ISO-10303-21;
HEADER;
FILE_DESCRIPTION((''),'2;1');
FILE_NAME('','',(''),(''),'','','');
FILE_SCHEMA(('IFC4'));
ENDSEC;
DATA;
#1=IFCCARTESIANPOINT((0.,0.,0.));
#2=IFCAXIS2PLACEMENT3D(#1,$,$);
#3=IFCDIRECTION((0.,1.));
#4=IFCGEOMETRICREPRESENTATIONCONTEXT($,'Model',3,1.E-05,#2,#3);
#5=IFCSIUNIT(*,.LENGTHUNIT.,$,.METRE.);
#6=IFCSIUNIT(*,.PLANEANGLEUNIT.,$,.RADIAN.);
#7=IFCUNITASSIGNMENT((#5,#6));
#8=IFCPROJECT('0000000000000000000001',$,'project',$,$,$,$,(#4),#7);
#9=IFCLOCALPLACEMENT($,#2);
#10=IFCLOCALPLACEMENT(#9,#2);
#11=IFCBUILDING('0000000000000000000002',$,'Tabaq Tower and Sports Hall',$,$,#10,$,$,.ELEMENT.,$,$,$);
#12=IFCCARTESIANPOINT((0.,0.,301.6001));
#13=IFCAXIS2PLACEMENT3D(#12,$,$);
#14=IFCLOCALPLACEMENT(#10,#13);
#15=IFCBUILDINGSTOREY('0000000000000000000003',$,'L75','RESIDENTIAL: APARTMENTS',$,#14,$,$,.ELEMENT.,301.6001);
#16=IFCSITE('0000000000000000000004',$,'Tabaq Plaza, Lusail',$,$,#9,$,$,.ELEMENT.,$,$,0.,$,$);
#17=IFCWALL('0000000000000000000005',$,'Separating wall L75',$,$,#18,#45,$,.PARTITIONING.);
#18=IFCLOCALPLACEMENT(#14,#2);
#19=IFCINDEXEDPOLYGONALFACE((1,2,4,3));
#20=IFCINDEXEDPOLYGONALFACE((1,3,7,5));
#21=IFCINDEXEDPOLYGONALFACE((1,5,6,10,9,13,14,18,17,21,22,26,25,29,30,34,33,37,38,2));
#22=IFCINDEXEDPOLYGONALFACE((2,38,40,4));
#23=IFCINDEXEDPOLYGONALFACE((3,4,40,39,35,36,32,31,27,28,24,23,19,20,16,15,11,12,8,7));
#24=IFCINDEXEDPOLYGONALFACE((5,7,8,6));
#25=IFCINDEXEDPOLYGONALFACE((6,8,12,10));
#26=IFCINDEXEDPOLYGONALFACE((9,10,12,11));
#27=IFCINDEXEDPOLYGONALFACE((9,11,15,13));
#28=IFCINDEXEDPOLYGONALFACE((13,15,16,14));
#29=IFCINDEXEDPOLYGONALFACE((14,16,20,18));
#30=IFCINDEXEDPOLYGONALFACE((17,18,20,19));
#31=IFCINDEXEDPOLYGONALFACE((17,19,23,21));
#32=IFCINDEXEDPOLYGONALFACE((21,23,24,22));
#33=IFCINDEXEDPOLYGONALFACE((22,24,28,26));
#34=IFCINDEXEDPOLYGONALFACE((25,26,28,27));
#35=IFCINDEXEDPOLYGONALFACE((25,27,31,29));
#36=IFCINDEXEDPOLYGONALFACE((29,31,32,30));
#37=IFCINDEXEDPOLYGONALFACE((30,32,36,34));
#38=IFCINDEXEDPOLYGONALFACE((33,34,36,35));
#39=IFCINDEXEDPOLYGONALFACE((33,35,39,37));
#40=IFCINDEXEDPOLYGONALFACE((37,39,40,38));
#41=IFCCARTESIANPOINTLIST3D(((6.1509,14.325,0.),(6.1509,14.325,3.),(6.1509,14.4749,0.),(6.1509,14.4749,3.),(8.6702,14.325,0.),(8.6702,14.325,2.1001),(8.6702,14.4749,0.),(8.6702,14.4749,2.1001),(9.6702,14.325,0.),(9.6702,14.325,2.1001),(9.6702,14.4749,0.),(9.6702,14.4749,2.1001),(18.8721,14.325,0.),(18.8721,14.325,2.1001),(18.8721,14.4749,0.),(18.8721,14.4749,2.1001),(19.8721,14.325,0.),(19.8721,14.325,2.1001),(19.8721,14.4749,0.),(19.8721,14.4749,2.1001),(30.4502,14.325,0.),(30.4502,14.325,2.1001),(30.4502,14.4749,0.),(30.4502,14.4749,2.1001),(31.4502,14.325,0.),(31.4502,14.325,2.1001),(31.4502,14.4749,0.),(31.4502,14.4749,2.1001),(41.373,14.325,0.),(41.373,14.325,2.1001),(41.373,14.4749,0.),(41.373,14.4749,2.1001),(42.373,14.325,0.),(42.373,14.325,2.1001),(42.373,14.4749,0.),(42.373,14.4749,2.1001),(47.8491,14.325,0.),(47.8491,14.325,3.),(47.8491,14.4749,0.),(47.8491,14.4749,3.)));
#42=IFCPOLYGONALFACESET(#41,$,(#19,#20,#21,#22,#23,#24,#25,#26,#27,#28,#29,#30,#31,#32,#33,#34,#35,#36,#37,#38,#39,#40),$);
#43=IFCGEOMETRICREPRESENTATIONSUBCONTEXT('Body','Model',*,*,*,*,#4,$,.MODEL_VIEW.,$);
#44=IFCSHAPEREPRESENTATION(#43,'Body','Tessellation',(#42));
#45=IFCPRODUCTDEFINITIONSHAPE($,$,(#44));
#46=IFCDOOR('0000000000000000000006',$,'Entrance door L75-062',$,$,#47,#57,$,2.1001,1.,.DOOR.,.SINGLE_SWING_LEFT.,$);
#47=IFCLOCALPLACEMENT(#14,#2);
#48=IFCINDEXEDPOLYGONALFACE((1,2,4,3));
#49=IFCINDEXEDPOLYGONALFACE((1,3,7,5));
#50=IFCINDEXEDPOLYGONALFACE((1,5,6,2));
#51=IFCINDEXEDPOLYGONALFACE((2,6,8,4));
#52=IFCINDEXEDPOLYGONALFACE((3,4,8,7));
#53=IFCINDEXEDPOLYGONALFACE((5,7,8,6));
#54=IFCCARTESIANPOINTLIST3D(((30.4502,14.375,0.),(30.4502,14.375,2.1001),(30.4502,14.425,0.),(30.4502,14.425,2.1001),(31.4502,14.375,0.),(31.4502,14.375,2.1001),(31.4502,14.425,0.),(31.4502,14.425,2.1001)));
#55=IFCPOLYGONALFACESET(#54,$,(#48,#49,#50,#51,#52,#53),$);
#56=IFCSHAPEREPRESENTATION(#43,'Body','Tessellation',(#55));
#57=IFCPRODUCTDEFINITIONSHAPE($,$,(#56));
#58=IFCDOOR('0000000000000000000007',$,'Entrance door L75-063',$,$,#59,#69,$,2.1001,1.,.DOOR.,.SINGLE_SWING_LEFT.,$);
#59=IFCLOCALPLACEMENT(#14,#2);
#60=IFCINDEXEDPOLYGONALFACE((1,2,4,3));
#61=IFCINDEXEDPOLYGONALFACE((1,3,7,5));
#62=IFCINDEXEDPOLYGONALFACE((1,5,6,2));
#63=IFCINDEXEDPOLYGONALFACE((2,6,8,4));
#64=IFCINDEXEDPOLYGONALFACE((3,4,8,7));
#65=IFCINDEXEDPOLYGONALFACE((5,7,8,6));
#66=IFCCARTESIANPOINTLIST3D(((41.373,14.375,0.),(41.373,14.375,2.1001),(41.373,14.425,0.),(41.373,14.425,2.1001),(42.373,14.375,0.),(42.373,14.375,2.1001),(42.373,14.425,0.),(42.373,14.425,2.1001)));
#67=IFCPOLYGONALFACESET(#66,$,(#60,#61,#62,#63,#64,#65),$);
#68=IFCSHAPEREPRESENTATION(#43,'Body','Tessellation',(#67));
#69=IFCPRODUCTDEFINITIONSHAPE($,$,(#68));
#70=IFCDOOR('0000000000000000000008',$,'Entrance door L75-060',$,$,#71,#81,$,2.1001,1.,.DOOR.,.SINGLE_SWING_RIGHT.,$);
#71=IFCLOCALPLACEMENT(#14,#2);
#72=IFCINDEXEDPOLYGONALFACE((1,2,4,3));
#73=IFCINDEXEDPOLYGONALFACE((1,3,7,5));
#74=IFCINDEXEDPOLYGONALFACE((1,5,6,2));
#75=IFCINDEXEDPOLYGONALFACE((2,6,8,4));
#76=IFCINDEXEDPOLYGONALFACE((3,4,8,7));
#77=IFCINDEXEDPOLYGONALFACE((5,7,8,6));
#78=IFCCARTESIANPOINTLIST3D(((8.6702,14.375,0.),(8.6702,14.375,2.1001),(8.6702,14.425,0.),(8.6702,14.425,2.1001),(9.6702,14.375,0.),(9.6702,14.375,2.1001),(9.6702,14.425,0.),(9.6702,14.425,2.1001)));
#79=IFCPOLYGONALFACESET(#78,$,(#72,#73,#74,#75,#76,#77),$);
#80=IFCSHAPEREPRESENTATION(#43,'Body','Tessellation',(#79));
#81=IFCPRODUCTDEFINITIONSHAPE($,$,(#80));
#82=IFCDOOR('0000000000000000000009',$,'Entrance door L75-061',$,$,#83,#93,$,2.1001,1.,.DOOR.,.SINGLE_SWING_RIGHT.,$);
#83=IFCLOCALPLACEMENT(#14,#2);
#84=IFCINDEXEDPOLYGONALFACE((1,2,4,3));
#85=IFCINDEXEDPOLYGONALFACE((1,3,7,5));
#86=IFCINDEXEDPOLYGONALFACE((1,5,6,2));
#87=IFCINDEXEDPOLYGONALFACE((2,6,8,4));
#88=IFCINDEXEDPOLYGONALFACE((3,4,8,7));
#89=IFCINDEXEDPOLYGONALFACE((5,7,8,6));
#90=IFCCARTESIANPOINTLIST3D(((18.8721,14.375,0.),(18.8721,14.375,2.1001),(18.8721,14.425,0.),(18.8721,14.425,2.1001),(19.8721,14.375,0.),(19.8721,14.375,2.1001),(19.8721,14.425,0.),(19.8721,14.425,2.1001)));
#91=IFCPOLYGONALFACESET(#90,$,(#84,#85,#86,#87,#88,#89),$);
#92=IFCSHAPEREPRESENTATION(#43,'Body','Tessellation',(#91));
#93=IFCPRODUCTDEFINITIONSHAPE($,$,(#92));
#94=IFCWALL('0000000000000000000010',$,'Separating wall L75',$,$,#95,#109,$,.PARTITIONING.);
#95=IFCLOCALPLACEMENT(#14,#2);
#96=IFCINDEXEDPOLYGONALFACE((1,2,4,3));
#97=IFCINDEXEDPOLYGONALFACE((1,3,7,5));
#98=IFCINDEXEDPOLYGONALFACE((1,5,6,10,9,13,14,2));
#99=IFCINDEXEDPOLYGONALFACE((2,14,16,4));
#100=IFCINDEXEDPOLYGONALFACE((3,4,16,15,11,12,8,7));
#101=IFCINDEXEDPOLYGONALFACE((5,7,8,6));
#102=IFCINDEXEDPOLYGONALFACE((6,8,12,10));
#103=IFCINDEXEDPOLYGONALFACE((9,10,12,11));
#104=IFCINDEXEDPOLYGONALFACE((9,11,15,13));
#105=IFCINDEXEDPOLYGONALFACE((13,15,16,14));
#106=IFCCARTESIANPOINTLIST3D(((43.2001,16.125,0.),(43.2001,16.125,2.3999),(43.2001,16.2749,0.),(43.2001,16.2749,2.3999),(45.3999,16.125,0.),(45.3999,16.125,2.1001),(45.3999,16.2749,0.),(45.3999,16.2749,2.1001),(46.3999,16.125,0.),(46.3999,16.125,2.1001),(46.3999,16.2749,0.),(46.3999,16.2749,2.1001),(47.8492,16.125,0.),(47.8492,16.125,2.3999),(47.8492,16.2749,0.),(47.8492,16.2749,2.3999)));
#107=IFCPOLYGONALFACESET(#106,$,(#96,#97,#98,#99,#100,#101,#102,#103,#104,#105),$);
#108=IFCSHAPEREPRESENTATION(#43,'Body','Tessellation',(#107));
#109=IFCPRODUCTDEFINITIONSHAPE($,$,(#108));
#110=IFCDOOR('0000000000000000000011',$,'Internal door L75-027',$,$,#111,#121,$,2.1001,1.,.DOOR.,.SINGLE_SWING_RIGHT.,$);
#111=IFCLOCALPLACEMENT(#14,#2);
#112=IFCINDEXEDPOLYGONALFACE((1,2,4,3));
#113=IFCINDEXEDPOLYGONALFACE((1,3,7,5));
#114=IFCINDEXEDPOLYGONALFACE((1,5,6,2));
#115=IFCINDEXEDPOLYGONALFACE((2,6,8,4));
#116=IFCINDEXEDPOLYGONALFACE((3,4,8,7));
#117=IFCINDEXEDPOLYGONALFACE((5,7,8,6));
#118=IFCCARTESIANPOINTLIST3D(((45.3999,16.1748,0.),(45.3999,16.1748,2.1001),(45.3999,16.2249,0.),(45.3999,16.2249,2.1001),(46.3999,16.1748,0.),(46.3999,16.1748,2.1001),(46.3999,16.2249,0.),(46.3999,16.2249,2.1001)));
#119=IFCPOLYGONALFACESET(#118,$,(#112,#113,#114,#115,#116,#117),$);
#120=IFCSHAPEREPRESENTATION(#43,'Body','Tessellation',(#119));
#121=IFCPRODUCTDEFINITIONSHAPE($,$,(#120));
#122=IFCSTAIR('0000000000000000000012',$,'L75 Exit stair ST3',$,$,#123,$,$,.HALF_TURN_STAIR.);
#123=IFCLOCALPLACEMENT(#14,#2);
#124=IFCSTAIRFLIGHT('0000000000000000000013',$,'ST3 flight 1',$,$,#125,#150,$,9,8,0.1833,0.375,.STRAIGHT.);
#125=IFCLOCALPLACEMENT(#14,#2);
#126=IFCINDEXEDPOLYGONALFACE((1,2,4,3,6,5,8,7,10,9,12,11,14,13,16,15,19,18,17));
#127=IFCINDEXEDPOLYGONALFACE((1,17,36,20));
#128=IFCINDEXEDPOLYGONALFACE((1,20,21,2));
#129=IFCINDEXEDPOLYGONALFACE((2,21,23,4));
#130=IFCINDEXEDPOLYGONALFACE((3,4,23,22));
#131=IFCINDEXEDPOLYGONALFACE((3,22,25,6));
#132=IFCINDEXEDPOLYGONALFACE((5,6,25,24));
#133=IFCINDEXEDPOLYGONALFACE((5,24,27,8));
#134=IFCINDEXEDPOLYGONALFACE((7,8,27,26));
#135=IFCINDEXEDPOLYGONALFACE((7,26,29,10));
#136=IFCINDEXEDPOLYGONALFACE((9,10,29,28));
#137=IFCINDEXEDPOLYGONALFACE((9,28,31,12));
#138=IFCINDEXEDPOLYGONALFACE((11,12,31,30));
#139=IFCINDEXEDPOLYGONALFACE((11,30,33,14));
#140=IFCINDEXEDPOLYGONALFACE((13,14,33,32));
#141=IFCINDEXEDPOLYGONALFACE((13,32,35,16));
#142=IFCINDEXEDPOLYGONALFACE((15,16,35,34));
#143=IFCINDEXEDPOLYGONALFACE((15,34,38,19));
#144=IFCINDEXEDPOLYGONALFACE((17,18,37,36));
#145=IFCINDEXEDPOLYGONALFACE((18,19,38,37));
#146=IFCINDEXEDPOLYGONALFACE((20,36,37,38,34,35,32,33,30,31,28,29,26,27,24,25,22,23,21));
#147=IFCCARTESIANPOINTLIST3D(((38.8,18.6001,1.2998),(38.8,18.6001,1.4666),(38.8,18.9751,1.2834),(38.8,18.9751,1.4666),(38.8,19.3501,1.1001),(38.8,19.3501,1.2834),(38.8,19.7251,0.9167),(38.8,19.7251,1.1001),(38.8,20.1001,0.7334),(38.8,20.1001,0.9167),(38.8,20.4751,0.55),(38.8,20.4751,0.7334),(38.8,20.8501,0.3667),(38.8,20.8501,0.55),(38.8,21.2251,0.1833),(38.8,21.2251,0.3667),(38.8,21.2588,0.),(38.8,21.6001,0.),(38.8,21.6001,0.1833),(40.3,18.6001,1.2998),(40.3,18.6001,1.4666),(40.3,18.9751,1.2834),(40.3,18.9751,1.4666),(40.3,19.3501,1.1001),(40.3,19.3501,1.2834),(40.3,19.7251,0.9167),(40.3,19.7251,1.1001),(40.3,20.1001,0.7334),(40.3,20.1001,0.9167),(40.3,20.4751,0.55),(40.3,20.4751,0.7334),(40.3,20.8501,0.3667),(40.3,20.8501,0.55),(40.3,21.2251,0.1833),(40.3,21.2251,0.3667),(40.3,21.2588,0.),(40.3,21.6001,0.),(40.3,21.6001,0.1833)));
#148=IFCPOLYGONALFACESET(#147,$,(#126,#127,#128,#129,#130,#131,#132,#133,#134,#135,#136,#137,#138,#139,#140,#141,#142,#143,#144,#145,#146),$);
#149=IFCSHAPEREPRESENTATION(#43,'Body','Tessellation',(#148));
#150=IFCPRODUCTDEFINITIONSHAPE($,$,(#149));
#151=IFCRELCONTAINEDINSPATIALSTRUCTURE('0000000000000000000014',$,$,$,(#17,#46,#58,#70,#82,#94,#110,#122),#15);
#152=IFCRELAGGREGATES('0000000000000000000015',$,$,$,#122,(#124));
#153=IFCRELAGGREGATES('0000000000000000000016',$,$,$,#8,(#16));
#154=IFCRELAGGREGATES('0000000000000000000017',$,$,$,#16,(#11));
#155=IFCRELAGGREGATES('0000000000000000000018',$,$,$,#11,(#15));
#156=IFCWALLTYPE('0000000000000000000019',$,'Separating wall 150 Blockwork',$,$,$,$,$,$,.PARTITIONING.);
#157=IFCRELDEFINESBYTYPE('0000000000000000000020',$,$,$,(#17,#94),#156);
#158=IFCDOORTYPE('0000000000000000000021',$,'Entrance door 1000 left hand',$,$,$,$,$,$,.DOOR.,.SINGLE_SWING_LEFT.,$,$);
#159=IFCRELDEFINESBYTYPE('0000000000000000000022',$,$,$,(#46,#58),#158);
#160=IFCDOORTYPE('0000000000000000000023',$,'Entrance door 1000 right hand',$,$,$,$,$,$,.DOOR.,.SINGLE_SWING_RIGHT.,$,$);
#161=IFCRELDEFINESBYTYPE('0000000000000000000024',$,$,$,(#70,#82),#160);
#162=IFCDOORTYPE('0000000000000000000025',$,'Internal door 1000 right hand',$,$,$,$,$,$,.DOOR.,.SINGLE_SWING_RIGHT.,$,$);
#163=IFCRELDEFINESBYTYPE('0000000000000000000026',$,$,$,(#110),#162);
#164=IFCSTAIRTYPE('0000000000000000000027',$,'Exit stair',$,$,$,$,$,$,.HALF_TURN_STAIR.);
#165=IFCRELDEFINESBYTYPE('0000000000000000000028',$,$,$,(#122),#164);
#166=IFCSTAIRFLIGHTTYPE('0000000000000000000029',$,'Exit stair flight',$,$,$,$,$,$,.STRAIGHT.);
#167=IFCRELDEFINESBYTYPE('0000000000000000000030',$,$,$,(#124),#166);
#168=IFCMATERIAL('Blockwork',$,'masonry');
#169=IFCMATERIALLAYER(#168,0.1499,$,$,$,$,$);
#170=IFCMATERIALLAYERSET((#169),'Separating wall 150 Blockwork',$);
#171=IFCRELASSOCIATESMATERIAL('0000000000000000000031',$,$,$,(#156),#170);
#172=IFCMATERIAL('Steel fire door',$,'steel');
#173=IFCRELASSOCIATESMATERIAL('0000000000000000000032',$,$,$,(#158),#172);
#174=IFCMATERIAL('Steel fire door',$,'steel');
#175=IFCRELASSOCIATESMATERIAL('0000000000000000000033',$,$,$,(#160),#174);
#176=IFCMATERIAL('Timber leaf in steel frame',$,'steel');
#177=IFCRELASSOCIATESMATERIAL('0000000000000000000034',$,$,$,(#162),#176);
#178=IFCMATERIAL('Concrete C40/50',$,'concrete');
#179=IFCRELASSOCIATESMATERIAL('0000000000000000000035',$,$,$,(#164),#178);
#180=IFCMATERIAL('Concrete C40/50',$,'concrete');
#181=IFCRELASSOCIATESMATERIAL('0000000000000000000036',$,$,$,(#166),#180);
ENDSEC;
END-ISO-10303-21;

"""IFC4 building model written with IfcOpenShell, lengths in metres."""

from ifc_helpers import new_model, si_unit, direction, frame, frame_2d, origin, place, context, subcontext, project, spatial, polyline, rectangle, outline, extrude, material, layer, layer_set, type_object, element, fill, aggregate, save


model = new_model("IFC4")

# Units and contexts
model_context = context("Model", 3, precision=1e-05, world=origin(), true_north=direction((0.0, 1.0)))
body_context = subcontext(model_context, "Body", "Model", "MODEL_VIEW")
ifc_project = project(units=[si_unit("LENGTHUNIT", "METRE"), si_unit("PLANEANGLEUNIT", "RADIAN")], contexts=[model_context])

# Site, building, storey
site_placement = place(None, origin())
site = spatial("IfcSite", under=ifc_project, at=site_placement, Name="Tabaq Plaza, Lusail", CompositionType="ELEMENT", RefElevation=0.0)
building_placement = place(site_placement, origin())
building = spatial("IfcBuilding", under=site, at=building_placement, Name="Tabaq Tower and Sports Hall", CompositionType="ELEMENT")
storey_placement = place(building_placement, frame((0.0, 0.0, 301.6001)))
storey = spatial("IfcBuildingStorey", under=building, at=storey_placement, Name="L75", Description="RESIDENTIAL: APARTMENTS", CompositionType="ELEMENT", Elevation=301.6001)

# Wall, openings, doors
ifc_material_1 = material(Name="Blockwork", Category="masonry")
ifc_layer_1 = layer(ifc_material_1, 0.1499)
ifc_layer_set_1 = layer_set([ifc_layer_1], Name="Separating wall 150 Blockwork")
wall_type_1 = type_object("IfcWallType", Name="Separating wall 150 Blockwork", PredefinedType="PARTITIONING", material=ifc_layer_set_1)
wall_1_placement = place(storey_placement, frame((47.8491, 14.3999, 0.0), z_axis=(0.0, 0.0, 1.0), x_axis=(-1.0, 0.0, 0.0)))
wall_1 = element("IfcWall", 1, at=wall_1_placement, inside=storey, type_object=wall_type_1, Name="Separating wall L75", PredefinedType="PARTITIONING", context=body_context, shape_type="SweptSolid", body=[
    extrude(rectangle(XDim=41.6982, YDim=0.1499, at=frame_2d((20.8491, 0.0))), origin(), (0.0, 0.0, 1.0), 3.0),
])
opening_1_placement = place(wall_1_placement, frame((38.179, 0.0, 0.0)))
opening_1 = element("IfcOpeningElement", 2, at=opening_1_placement, cuts=wall_1, PredefinedType="OPENING", context=body_context, shape_type="SweptSolid", body=[
    extrude(rectangle(XDim=1.0, YDim=2.1001, at=frame_2d((0.5, 1.05))), frame((0.0, 0.075, 0.0), z_axis=(0.0, -1.0, 0.0), x_axis=(1.0, 0.0, 0.0)), (0.0, 0.0, 1.0), 0.1499),
])
opening_2_placement = place(wall_1_placement, frame((27.9771, 0.0, 0.0)))
opening_2 = element("IfcOpeningElement", 3, at=opening_2_placement, cuts=wall_1, PredefinedType="OPENING", context=body_context, shape_type="SweptSolid", body=[
    extrude(rectangle(XDim=1.0, YDim=2.1001, at=frame_2d((0.5, 1.05))), frame((0.0, 0.075, 0.0), z_axis=(0.0, -1.0, 0.0), x_axis=(1.0, 0.0, 0.0)), (0.0, 0.0, 1.0), 0.1499),
])
opening_3_placement = place(wall_1_placement, frame((16.3989, 0.0, 0.0)))
opening_3 = element("IfcOpeningElement", 4, at=opening_3_placement, cuts=wall_1, PredefinedType="OPENING", context=body_context, shape_type="SweptSolid", body=[
    extrude(rectangle(XDim=1.0, YDim=2.1001, at=frame_2d((0.5, 1.05))), frame((0.0, 0.075, 0.0), z_axis=(0.0, -1.0, 0.0), x_axis=(1.0, 0.0, 0.0)), (0.0, 0.0, 1.0), 0.1499),
])
opening_4_placement = place(wall_1_placement, frame((5.4761, 0.0, 0.0)))
opening_4 = element("IfcOpeningElement", 5, at=opening_4_placement, cuts=wall_1, PredefinedType="OPENING", context=body_context, shape_type="SweptSolid", body=[
    extrude(rectangle(XDim=1.0, YDim=2.1001, at=frame_2d((0.5, 1.05))), frame((0.0, 0.075, 0.0), z_axis=(0.0, -1.0, 0.0), x_axis=(1.0, 0.0, 0.0)), (0.0, 0.0, 1.0), 0.1499),
])
ifc_material_2 = material(Name="Steel fire door", Category="steel")
door_type_1 = type_object("IfcDoorType", Name="Entrance door 1000 left hand", OperationType="SINGLE_SWING_LEFT", PredefinedType="DOOR", material=ifc_material_2)
door_1_placement = place(opening_3_placement, origin())
door_1 = element("IfcDoor", 6, at=door_1_placement, inside=storey, type_object=door_type_1, Name="Entrance door L75-062", OperationType="SINGLE_SWING_LEFT", OverallHeight=2.1001, OverallWidth=1.0, PredefinedType="DOOR", context=body_context, shape_type="SweptSolid", body=[
    extrude(rectangle(XDim=1.0, YDim=2.1001, at=frame_2d((0.5, 1.05))), frame((0.0, 0.0249, 0.0), z_axis=(0.0, -1.0, 0.0), x_axis=(1.0, 0.0, 0.0)), (0.0, 0.0, 1.0), 0.05),
])
fill(opening_3, door_1)
door_2_placement = place(opening_4_placement, origin())
door_2 = element("IfcDoor", 7, at=door_2_placement, inside=storey, type_object=door_type_1, Name="Entrance door L75-063", OperationType="SINGLE_SWING_LEFT", OverallHeight=2.1001, OverallWidth=1.0, PredefinedType="DOOR", context=body_context, shape_type="SweptSolid", body=[
    extrude(rectangle(XDim=1.0, YDim=2.1001, at=frame_2d((0.5, 1.05))), frame((0.0, 0.0249, 0.0), z_axis=(0.0, -1.0, 0.0), x_axis=(1.0, 0.0, 0.0)), (0.0, 0.0, 1.0), 0.05),
])
fill(opening_4, door_2)
ifc_material_3 = material(Name="Steel fire door", Category="steel")
door_type_2 = type_object("IfcDoorType", Name="Entrance door 1000 right hand", OperationType="SINGLE_SWING_RIGHT", PredefinedType="DOOR", material=ifc_material_3)
door_3_placement = place(opening_1_placement, origin())
door_3 = element("IfcDoor", 8, at=door_3_placement, inside=storey, type_object=door_type_2, Name="Entrance door L75-060", OperationType="SINGLE_SWING_RIGHT", OverallHeight=2.1001, OverallWidth=1.0, PredefinedType="DOOR", context=body_context, shape_type="SweptSolid", body=[
    extrude(rectangle(XDim=1.0, YDim=2.1001, at=frame_2d((0.5, 1.05))), frame((0.0, 0.0249, 0.0), z_axis=(0.0, -1.0, 0.0), x_axis=(1.0, 0.0, 0.0)), (0.0, 0.0, 1.0), 0.05),
])
fill(opening_1, door_3)
door_4_placement = place(opening_2_placement, origin())
door_4 = element("IfcDoor", 9, at=door_4_placement, inside=storey, type_object=door_type_2, Name="Entrance door L75-061", OperationType="SINGLE_SWING_RIGHT", OverallHeight=2.1001, OverallWidth=1.0, PredefinedType="DOOR", context=body_context, shape_type="SweptSolid", body=[
    extrude(rectangle(XDim=1.0, YDim=2.1001, at=frame_2d((0.5, 1.05))), frame((0.0, 0.0249, 0.0), z_axis=(0.0, -1.0, 0.0), x_axis=(1.0, 0.0, 0.0)), (0.0, 0.0, 1.0), 0.05),
])
fill(opening_2, door_4)

# Wall, opening, door
wall_2_placement = place(storey_placement, frame((43.2, 16.2, 0.0), z_axis=(0.0, 0.0, 1.0), x_axis=(1.0, 0.0, 0.0)))
wall_2 = element("IfcWall", 10, at=wall_2_placement, inside=storey, type_object=wall_type_1, Name="Separating wall L75", PredefinedType="PARTITIONING", context=body_context, shape_type="SweptSolid", body=[
    extrude(rectangle(XDim=4.6492, YDim=0.1499, at=frame_2d((2.3247, 0.0))), origin(), (0.0, 0.0, 1.0), 2.3999),
])
opening_5_placement = place(wall_2_placement, frame((2.2, 0.0, 0.0)))
opening_5 = element("IfcOpeningElement", 11, at=opening_5_placement, cuts=wall_2, PredefinedType="OPENING", context=body_context, shape_type="SweptSolid", body=[
    extrude(rectangle(XDim=1.0, YDim=2.1001, at=frame_2d((0.5, 1.05))), frame((0.0, 0.075, 0.0), z_axis=(0.0, -1.0, 0.0), x_axis=(1.0, 0.0, 0.0)), (0.0, 0.0, 1.0), 0.1499),
])
ifc_material_4 = material(Name="Timber leaf in steel frame", Category="steel")
door_type_3 = type_object("IfcDoorType", Name="Internal door 1000 right hand", OperationType="SINGLE_SWING_RIGHT", PredefinedType="DOOR", material=ifc_material_4)
door_5_placement = place(opening_5_placement, origin())
door_5 = element("IfcDoor", 12, at=door_5_placement, inside=storey, type_object=door_type_3, Name="Internal door L75-027", OperationType="SINGLE_SWING_RIGHT", OverallHeight=2.1001, OverallWidth=1.0, PredefinedType="DOOR", context=body_context, shape_type="SweptSolid", body=[
    extrude(rectangle(XDim=1.0, YDim=2.1001, at=frame_2d((0.5, 1.05))), frame((0.0, 0.0249, 0.0), z_axis=(0.0, -1.0, 0.0), x_axis=(1.0, 0.0, 0.0)), (0.0, 0.0, 1.0), 0.05),
])
fill(opening_5, door_5)

# Stair, stair flight
ifc_material_5 = material(Name="Concrete C40/50", Category="concrete")
stair_type = type_object("IfcStairType", Name="Exit stair", PredefinedType="HALF_TURN_STAIR", material=ifc_material_5)
stair_placement = place(storey_placement, origin())
stair = element("IfcStair", 13, at=stair_placement, inside=storey, type_object=stair_type, Name="L75 Exit stair ST3", PredefinedType="HALF_TURN_STAIR")
ifc_material_6 = material(Name="Concrete C40/50", Category="concrete")
stair_flight_type = type_object("IfcStairFlightType", Name="Exit stair flight", PredefinedType="STRAIGHT", material=ifc_material_6)
stair_flight_1_placement = place(storey_placement, frame((39.55, 21.6001, 0.0), z_axis=(0.0, 0.0, 1.0), x_axis=(0.0, -1.0, 0.0)))
stair_flight_1 = element("IfcStairFlight", 14, at=stair_flight_1_placement, type_object=stair_flight_type, Name="ST3 flight 1", NumberOfRisers=9, NumberOfTreads=8, PredefinedType="STRAIGHT", RiserHeight=0.1833, TreadLength=0.375, context=body_context, shape_type="SweptSolid", body=[
    extrude(outline(polyline([(0.0, 0.0), (0.0, 0.1833), (0.375, 0.1833), (0.375, 0.3667), (0.75, 0.3667), (0.75, 0.55), (1.125, 0.55), (1.125, 0.7334), (1.5, 0.7334), (1.5, 0.9167), (1.875, 0.9167), (1.875, 1.1001), (2.25, 1.1001), (2.25, 1.2834), (2.625, 1.2834), (2.625, 1.4666), (3.0, 1.4666), (3.0, 1.6499), (3.0, 1.2998), (0.3413, 0.0), (0.0, 0.0)])), frame((0.0, 0.75, 0.0), z_axis=(0.0, -1.0, 0.0), x_axis=(1.0, 0.0, 0.0)), (0.0, 0.0, 1.0), 1.5),
])
aggregate(stair, [stair_flight_1])

save(model, "model.ifc")
